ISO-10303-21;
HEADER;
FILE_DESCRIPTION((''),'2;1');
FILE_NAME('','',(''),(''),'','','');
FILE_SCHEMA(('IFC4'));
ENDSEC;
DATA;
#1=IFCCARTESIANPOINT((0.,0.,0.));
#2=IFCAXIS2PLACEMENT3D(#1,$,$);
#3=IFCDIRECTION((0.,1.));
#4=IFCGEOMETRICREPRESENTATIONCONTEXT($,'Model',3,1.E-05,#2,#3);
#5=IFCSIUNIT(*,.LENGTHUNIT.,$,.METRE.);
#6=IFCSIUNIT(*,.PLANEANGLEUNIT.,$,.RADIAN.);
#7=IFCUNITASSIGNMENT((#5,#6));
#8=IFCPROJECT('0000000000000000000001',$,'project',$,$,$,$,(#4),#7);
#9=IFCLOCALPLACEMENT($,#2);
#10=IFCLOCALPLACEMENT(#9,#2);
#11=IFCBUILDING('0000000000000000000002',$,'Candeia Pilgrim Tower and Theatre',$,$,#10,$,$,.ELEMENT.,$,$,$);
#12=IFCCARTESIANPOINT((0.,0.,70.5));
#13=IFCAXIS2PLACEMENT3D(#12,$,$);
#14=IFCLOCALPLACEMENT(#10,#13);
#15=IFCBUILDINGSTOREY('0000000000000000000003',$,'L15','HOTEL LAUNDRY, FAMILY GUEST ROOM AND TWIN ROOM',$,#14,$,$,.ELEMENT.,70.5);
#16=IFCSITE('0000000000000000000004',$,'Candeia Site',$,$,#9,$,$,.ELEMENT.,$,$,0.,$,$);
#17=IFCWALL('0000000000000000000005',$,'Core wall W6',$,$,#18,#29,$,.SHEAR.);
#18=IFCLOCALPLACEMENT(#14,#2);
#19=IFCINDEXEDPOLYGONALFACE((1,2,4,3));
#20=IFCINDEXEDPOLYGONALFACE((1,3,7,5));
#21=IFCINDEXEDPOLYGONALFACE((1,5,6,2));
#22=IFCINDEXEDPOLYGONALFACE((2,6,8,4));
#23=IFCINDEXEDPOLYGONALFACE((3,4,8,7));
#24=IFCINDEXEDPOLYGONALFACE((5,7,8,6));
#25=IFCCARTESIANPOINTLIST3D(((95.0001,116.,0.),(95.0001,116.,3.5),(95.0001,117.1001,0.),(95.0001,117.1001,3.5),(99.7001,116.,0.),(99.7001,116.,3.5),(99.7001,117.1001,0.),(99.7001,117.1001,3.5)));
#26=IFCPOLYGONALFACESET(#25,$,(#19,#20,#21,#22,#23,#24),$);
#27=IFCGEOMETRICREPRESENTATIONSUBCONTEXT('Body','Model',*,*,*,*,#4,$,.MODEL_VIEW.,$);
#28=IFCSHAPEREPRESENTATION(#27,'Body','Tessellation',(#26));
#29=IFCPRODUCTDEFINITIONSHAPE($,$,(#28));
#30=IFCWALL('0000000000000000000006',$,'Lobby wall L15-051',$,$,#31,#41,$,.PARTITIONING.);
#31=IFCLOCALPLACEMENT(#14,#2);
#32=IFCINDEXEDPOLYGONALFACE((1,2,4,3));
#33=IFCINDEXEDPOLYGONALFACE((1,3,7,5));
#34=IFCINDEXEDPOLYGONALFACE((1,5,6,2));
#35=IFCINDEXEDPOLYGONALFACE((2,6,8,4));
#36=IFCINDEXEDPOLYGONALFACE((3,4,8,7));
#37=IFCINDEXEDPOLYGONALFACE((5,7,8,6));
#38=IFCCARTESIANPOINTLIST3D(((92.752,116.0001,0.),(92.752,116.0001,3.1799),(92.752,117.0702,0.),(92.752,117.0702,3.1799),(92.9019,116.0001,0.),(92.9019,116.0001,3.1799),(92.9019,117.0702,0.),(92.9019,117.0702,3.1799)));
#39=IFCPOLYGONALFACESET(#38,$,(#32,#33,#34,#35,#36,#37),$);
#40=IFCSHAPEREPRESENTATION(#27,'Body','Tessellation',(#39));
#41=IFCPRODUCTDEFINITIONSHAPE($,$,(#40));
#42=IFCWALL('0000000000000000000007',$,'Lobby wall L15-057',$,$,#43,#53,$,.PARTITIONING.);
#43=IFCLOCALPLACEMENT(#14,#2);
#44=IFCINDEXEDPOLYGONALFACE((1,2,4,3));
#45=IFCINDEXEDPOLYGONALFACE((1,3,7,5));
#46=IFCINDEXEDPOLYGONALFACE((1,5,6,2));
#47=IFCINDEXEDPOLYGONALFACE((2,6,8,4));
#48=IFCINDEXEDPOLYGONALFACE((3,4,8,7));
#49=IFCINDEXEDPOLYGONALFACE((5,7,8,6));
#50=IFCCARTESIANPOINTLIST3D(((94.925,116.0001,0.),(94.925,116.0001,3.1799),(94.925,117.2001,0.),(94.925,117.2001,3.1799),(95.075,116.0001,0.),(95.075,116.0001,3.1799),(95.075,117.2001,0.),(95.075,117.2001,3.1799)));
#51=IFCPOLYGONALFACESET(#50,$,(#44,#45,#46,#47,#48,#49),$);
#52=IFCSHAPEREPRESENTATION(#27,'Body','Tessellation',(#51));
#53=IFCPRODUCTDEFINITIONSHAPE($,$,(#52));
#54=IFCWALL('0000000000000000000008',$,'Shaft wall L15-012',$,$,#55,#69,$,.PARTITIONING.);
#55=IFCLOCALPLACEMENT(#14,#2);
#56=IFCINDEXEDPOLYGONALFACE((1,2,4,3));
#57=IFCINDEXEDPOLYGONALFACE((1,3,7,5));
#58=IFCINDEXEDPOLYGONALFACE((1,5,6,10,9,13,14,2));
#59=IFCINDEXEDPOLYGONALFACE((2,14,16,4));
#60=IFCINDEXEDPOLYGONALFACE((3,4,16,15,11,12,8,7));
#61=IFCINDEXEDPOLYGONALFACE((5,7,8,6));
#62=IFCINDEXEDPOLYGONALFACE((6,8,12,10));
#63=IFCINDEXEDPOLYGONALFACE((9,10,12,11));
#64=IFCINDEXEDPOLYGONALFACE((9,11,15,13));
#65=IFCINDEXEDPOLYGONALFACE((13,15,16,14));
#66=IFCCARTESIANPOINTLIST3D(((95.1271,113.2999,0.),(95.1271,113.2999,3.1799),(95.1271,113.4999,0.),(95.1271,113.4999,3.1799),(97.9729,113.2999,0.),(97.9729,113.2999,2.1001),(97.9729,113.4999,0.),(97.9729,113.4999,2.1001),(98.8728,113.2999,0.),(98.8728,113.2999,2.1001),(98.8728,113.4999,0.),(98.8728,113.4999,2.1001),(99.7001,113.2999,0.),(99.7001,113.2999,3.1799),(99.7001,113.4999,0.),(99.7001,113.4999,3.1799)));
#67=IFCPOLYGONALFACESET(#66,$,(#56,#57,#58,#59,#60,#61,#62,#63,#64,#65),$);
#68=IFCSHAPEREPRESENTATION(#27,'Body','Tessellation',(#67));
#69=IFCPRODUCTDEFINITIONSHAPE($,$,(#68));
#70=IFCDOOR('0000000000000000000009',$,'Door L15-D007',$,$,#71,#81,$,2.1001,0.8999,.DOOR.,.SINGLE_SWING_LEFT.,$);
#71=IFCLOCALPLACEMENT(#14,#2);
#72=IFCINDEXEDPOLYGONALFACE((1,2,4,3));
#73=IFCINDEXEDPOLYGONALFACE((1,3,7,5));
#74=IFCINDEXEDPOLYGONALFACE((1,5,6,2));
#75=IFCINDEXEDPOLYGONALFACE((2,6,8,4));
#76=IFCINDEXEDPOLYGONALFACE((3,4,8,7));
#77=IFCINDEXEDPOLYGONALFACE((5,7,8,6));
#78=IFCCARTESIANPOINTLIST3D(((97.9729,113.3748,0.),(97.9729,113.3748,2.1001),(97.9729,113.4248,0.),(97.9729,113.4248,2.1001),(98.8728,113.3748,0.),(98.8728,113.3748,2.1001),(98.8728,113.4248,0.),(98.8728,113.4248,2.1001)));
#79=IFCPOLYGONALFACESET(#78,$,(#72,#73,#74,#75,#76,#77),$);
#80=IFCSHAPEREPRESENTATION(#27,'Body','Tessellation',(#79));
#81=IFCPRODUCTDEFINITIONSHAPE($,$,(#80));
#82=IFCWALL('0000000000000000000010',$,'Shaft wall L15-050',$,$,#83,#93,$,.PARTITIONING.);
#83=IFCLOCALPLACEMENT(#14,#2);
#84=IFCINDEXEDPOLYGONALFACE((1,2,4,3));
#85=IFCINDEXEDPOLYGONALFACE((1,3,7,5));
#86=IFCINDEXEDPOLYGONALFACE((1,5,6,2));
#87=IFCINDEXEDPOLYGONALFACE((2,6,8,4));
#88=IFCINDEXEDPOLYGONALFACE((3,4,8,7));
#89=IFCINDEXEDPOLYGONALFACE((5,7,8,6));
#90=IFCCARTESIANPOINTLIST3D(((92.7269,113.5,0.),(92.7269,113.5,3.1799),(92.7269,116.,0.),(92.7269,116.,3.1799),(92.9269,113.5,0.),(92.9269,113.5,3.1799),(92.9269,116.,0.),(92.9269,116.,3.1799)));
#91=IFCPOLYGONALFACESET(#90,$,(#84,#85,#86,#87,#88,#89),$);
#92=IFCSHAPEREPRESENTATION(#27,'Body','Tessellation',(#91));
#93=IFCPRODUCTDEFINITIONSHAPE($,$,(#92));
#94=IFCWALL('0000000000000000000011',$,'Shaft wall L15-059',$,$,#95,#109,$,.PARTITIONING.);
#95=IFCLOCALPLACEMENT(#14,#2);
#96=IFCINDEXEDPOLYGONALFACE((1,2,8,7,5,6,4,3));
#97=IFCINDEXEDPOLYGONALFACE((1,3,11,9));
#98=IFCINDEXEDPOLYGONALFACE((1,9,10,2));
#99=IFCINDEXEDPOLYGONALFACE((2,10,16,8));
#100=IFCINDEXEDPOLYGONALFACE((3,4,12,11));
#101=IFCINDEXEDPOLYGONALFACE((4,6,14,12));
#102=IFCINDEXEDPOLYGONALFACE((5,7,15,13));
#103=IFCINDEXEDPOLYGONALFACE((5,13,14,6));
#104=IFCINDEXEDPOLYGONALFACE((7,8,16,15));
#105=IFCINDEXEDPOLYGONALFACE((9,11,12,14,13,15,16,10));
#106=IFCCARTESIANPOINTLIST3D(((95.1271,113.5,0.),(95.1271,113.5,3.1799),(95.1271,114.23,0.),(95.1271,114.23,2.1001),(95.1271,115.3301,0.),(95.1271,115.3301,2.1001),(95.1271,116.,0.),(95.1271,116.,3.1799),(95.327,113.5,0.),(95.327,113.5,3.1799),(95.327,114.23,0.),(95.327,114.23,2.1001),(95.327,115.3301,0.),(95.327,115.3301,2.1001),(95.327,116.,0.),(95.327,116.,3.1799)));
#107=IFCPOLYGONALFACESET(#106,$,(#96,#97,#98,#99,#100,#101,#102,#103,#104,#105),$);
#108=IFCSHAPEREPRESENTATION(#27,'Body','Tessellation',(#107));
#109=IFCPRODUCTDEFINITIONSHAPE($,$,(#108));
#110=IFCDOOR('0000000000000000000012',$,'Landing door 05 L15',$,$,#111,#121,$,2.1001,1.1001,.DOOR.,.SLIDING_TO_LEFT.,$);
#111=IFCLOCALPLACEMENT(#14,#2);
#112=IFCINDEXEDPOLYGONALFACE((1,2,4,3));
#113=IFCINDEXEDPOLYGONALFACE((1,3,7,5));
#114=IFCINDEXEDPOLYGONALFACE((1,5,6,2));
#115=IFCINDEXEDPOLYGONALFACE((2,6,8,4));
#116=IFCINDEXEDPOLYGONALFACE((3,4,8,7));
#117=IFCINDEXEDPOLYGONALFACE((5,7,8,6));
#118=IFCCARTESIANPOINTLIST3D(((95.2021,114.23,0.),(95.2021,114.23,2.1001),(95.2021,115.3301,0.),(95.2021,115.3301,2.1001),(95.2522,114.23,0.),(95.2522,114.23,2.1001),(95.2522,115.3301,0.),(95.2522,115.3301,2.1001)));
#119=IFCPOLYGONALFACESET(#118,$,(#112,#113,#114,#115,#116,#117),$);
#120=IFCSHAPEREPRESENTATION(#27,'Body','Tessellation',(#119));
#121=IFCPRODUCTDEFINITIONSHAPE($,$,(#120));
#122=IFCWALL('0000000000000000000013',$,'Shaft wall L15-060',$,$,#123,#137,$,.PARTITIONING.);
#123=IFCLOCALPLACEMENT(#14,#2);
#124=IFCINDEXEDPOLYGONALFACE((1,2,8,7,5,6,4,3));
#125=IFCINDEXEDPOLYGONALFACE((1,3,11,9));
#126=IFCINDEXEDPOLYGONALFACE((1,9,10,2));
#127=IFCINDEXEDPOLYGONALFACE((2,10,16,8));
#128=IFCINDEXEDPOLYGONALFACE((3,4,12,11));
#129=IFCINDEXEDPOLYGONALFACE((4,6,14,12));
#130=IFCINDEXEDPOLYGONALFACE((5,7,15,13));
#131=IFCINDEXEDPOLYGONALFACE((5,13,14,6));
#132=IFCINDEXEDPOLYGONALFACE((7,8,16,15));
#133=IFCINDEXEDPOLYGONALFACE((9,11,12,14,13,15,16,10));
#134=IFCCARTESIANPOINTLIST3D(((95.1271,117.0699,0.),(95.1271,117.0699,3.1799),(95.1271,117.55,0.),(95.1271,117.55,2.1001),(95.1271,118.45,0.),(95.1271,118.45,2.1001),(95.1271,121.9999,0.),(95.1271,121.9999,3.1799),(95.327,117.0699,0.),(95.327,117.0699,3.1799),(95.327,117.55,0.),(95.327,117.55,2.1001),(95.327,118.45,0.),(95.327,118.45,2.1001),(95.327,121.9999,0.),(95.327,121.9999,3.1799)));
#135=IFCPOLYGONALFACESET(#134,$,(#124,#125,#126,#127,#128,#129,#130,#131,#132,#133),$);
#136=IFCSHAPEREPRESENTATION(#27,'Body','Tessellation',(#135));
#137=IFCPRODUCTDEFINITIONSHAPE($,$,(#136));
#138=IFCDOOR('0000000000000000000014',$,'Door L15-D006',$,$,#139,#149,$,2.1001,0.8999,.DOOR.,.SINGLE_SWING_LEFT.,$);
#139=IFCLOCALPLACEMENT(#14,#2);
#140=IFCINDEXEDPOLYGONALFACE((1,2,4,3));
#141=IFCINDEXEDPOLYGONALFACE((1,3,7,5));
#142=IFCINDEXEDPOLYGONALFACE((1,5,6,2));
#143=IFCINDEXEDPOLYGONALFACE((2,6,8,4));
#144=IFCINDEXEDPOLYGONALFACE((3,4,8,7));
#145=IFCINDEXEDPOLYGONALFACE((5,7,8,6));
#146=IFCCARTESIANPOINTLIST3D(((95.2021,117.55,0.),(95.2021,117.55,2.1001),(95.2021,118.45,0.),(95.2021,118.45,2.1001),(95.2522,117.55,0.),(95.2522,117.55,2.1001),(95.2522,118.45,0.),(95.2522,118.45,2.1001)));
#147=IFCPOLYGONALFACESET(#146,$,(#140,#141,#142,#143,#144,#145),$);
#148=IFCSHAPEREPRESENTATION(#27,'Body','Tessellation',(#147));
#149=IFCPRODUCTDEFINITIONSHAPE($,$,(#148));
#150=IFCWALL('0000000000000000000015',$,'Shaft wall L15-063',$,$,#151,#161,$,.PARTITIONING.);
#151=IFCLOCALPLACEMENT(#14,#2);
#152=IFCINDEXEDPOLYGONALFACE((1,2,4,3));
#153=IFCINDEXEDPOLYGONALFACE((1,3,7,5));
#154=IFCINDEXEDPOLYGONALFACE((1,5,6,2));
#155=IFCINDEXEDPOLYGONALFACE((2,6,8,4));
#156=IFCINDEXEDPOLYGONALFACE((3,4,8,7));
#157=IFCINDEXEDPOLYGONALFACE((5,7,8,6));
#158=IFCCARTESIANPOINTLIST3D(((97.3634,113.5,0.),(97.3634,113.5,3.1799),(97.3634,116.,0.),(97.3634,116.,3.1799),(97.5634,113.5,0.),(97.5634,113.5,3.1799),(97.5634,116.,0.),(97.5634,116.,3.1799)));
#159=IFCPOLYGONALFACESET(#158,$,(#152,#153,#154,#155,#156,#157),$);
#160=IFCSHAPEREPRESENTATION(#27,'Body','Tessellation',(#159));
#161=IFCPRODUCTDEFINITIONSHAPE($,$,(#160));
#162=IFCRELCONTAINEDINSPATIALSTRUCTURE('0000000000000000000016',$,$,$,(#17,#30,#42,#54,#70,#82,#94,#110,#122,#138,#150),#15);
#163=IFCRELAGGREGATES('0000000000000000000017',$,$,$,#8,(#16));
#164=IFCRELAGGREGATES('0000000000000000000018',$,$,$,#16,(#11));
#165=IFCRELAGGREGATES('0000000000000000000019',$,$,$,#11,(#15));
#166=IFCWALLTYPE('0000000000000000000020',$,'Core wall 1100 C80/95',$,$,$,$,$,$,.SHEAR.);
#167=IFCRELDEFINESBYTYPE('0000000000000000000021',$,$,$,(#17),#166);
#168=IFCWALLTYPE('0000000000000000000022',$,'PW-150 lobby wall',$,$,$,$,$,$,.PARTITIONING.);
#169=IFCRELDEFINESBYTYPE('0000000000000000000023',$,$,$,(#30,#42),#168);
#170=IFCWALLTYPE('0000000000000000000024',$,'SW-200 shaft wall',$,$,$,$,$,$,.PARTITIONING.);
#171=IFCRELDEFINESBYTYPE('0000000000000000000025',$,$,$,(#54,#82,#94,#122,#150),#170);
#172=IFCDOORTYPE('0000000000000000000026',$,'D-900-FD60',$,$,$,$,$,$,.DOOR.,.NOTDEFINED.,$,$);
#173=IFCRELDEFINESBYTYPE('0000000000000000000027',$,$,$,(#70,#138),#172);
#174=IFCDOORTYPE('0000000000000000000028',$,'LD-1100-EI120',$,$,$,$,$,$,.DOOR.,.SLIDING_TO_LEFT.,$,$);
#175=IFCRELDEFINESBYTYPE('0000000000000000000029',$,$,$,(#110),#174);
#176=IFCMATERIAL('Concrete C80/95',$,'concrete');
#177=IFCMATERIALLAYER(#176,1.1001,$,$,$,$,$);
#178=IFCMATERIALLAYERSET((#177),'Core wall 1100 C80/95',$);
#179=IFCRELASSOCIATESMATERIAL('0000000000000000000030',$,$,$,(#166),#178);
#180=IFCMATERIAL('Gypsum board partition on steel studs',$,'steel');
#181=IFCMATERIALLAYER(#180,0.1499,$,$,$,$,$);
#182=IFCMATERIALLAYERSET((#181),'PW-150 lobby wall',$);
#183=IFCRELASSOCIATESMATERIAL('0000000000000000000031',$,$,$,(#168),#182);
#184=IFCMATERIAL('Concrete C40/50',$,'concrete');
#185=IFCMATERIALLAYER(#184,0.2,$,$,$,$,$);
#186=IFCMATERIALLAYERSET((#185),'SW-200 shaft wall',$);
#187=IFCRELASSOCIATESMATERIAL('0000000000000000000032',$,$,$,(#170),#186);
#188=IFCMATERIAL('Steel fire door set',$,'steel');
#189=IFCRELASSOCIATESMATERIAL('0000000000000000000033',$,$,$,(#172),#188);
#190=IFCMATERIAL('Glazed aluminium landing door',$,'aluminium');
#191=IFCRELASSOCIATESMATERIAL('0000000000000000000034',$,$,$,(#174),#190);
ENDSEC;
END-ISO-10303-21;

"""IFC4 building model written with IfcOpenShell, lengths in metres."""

from ifc_helpers import new_model, si_unit, direction, frame, frame_2d, origin, place, context, subcontext, project, spatial, rectangle, extrude, material, layer, layer_set, type_object, element, fill, save


model = new_model("IFC4")

# Units and contexts
model_context = context("Model", 3, precision=1e-05, world=origin(), true_north=direction((0.0, 1.0)))
body_context = subcontext(model_context, "Body", "Model", "MODEL_VIEW")
ifc_project = project(units=[si_unit("LENGTHUNIT", "METRE"), si_unit("PLANEANGLEUNIT", "RADIAN")], contexts=[model_context])

# Site, building, storey
site_placement = place(None, origin())
site = spatial("IfcSite", under=ifc_project, at=site_placement, Name="Candeia Site", CompositionType="ELEMENT", RefElevation=0.0)
building_placement = place(site_placement, origin())
building = spatial("IfcBuilding", under=site, at=building_placement, Name="Candeia Pilgrim Tower and Theatre", CompositionType="ELEMENT")
storey_placement = place(building_placement, frame((0.0, 0.0, 70.5)))
storey = spatial("IfcBuildingStorey", under=building, at=storey_placement, Name="L15", Description="HOTEL LAUNDRY, FAMILY GUEST ROOM AND TWIN ROOM", CompositionType="ELEMENT", Elevation=70.5)

# Walls
ifc_material_1 = material(Name="Concrete C80/95", Category="concrete")
ifc_layer_1 = layer(ifc_material_1, 1.1001)
ifc_layer_set_1 = layer_set([ifc_layer_1], Name="Core wall 1100 C80/95")
wall_type_1 = type_object("IfcWallType", Name="Core wall 1100 C80/95", PredefinedType="SHEAR", material=ifc_layer_set_1)
wall_1_placement = place(storey_placement, frame((95.0, 116.55, 0.0), z_axis=(0.0, 0.0, 1.0), x_axis=(1.0, 0.0, 0.0)))
element("IfcWall", 1, at=wall_1_placement, inside=storey, type_object=wall_type_1, Name="Core wall W6", PredefinedType="SHEAR", context=body_context, shape_type="SweptSolid", body=[
    extrude(rectangle(XDim=4.7, YDim=1.1001, at=frame_2d((2.3501, 0.0))), origin(), (0.0, 0.0, 1.0), 3.5),
])
ifc_material_2 = material(Name="Gypsum board partition on steel studs", Category="steel")
ifc_layer_2 = layer(ifc_material_2, 0.1499)
ifc_layer_set_2 = layer_set([ifc_layer_2], Name="PW-150 lobby wall")
wall_type_2 = type_object("IfcWallType", Name="PW-150 lobby wall", PredefinedType="PARTITIONING", material=ifc_layer_set_2)
wall_2_placement = place(storey_placement, frame((92.8269, 116.0, 0.0), z_axis=(0.0, 0.0, 1.0), x_axis=(0.0, 1.0, 0.0)))
element("IfcWall", 2, at=wall_2_placement, inside=storey, type_object=wall_type_2, Name="Lobby wall L15-051", PredefinedType="PARTITIONING", context=body_context, shape_type="SweptSolid", body=[
    extrude(rectangle(XDim=1.0701, YDim=0.1499, at=frame_2d((0.5352, 0.0))), origin(), (0.0, 0.0, 1.0), 3.1799),
])
wall_3_placement = place(storey_placement, frame((95.0, 116.0, 0.0), z_axis=(0.0, 0.0, 1.0), x_axis=(0.0, 1.0, 0.0)))
element("IfcWall", 3, at=wall_3_placement, inside=storey, type_object=wall_type_2, Name="Lobby wall L15-057", PredefinedType="PARTITIONING", context=body_context, shape_type="SweptSolid", body=[
    extrude(rectangle(XDim=1.2, YDim=0.1499, at=frame_2d((0.6001, 0.0))), origin(), (0.0, 0.0, 1.0), 3.1799),
])

# Wall, opening, door
ifc_material_3 = material(Name="Concrete C40/50", Category="concrete")
ifc_layer_3 = layer(ifc_material_3, 0.2)
ifc_layer_set_3 = layer_set([ifc_layer_3], Name="SW-200 shaft wall")
wall_type_3 = type_object("IfcWallType", Name="SW-200 shaft wall", PredefinedType="PARTITIONING", material=ifc_layer_set_3)
wall_4_placement = place(storey_placement, frame((95.127, 113.3999, 0.0), z_axis=(0.0, 0.0, 1.0), x_axis=(1.0, 0.0, 0.0)))
wall_4 = element("IfcWall", 4, at=wall_4_placement, inside=storey, type_object=wall_type_3, Name="Shaft wall L15-012", PredefinedType="PARTITIONING", context=body_context, shape_type="SweptSolid", body=[
    extrude(rectangle(XDim=4.573, YDim=0.2, at=frame_2d((2.2866, 0.0))), origin(), (0.0, 0.0, 1.0), 3.1799),
])
opening_1_placement = place(wall_4_placement, frame((2.8459, 0.0, 0.0)))
opening_1 = element("IfcOpeningElement", 5, at=opening_1_placement, cuts=wall_4, PredefinedType="OPENING", context=body_context, shape_type="SweptSolid", body=[
    extrude(rectangle(XDim=0.8999, YDim=2.1001, at=frame_2d((0.45, 1.05))), frame((0.0, 0.1099, 0.0), z_axis=(0.0, -1.0, 0.0), x_axis=(1.0, 0.0, 0.0)), (0.0, 0.0, 1.0), 0.22),
])
ifc_material_4 = material(Name="Steel fire door set", Category="steel")
door_type_1 = type_object("IfcDoorType", Name="D-900-FD60", OperationType="NOTDEFINED", PredefinedType="DOOR", material=ifc_material_4)
door_1_placement = place(opening_1_placement, origin())
door_1 = element("IfcDoor", 6, at=door_1_placement, inside=storey, type_object=door_type_1, Name="Door L15-D007", OperationType="SINGLE_SWING_LEFT", OverallHeight=2.1001, OverallWidth=0.8999, PredefinedType="DOOR", context=body_context, shape_type="SweptSolid", body=[
    extrude(rectangle(XDim=0.8999, YDim=2.1001, at=frame_2d((0.45, 1.05))), frame((0.0, 0.0249, 0.0), z_axis=(0.0, -1.0, 0.0), x_axis=(1.0, 0.0, 0.0)), (0.0, 0.0, 1.0), 0.05),
])
fill(opening_1, door_1)

# Wall
wall_5_placement = place(storey_placement, frame((92.8269, 113.5, 0.0), z_axis=(0.0, 0.0, 1.0), x_axis=(0.0, 1.0, 0.0)))
element("IfcWall", 7, at=wall_5_placement, inside=storey, type_object=wall_type_3, Name="Shaft wall L15-050", PredefinedType="PARTITIONING", context=body_context, shape_type="SweptSolid", body=[
    extrude(rectangle(XDim=2.5, YDim=0.2, at=frame_2d((1.25, 0.0))), origin(), (0.0, 0.0, 1.0), 3.1799),
])

# Walls, openings, doors
wall_6_placement = place(storey_placement, frame((95.2271, 113.5, 0.0), z_axis=(0.0, 0.0, 1.0), x_axis=(0.0, 1.0, 0.0)))
wall_6 = element("IfcWall", 8, at=wall_6_placement, inside=storey, type_object=wall_type_3, Name="Shaft wall L15-059", PredefinedType="PARTITIONING", context=body_context, shape_type="SweptSolid", body=[
    extrude(rectangle(XDim=2.5, YDim=0.2, at=frame_2d((1.25, 0.0))), origin(), (0.0, 0.0, 1.0), 3.1799),
])
opening_2_placement = place(wall_6_placement, frame((0.73, 0.0, 0.0)))
opening_2 = element("IfcOpeningElement", 9, at=opening_2_placement, cuts=wall_6, PredefinedType="OPENING", context=body_context, shape_type="SweptSolid", body=[
    extrude(rectangle(XDim=1.1001, YDim=2.1001, at=frame_2d((0.55, 1.05))), frame((0.0, 0.1099, 0.0), z_axis=(0.0, -1.0, 0.0), x_axis=(1.0, 0.0, 0.0)), (0.0, 0.0, 1.0), 0.22),
])
ifc_material_5 = material(Name="Glazed aluminium landing door", Category="aluminium")
door_type_2 = type_object("IfcDoorType", Name="LD-1100-EI120", OperationType="SLIDING_TO_LEFT", PredefinedType="DOOR", material=ifc_material_5)
door_2_placement = place(opening_2_placement, origin())
door_2 = element("IfcDoor", 10, at=door_2_placement, inside=storey, type_object=door_type_2, Name="Landing door 05 L15", OperationType="SLIDING_TO_LEFT", OverallHeight=2.1001, OverallWidth=1.1001, PredefinedType="DOOR", context=body_context, shape_type="SweptSolid", body=[
    extrude(rectangle(XDim=1.1001, YDim=2.1001, at=frame_2d((0.55, 1.05))), frame((0.0, 0.0249, 0.0), z_axis=(0.0, -1.0, 0.0), x_axis=(1.0, 0.0, 0.0)), (0.0, 0.0, 1.0), 0.05),
])
fill(opening_2, door_2)
wall_7_placement = place(storey_placement, frame((95.2271, 117.0701, 0.0), z_axis=(0.0, 0.0, 1.0), x_axis=(0.0, 1.0, 0.0)))
wall_7 = element("IfcWall", 11, at=wall_7_placement, inside=storey, type_object=wall_type_3, Name="Shaft wall L15-060", PredefinedType="PARTITIONING", context=body_context, shape_type="SweptSolid", body=[
    extrude(rectangle(XDim=4.9299, YDim=0.2, at=frame_2d((2.4648, 0.0))), origin(), (0.0, 0.0, 1.0), 3.1799),
])
opening_3_placement = place(wall_7_placement, frame((0.48, 0.0, 0.0)))
opening_3 = element("IfcOpeningElement", 12, at=opening_3_placement, cuts=wall_7, PredefinedType="OPENING", context=body_context, shape_type="SweptSolid", body=[
    extrude(rectangle(XDim=0.8999, YDim=2.1001, at=frame_2d((0.45, 1.05))), frame((0.0, 0.1099, 0.0), z_axis=(0.0, -1.0, 0.0), x_axis=(1.0, 0.0, 0.0)), (0.0, 0.0, 1.0), 0.22),
])
door_3_placement = place(opening_3_placement, origin())
door_3 = element("IfcDoor", 13, at=door_3_placement, inside=storey, type_object=door_type_1, Name="Door L15-D006", OperationType="SINGLE_SWING_LEFT", OverallHeight=2.1001, OverallWidth=0.8999, PredefinedType="DOOR", context=body_context, shape_type="SweptSolid", body=[
    extrude(rectangle(XDim=0.8999, YDim=2.1001, at=frame_2d((0.45, 1.05))), frame((0.0, 0.0249, 0.0), z_axis=(0.0, -1.0, 0.0), x_axis=(1.0, 0.0, 0.0)), (0.0, 0.0, 1.0), 0.05),
])
fill(opening_3, door_3)

# Wall
wall_8_placement = place(storey_placement, frame((97.4634, 113.5, 0.0), z_axis=(0.0, 0.0, 1.0), x_axis=(0.0, 1.0, 0.0)))
element("IfcWall", 14, at=wall_8_placement, inside=storey, type_object=wall_type_3, Name="Shaft wall L15-063", PredefinedType="PARTITIONING", context=body_context, shape_type="SweptSolid", body=[
    extrude(rectangle(XDim=2.5, YDim=0.2, at=frame_2d((1.25, 0.0))), origin(), (0.0, 0.0, 1.0), 3.1799),
])

save(model, "model.ifc")
